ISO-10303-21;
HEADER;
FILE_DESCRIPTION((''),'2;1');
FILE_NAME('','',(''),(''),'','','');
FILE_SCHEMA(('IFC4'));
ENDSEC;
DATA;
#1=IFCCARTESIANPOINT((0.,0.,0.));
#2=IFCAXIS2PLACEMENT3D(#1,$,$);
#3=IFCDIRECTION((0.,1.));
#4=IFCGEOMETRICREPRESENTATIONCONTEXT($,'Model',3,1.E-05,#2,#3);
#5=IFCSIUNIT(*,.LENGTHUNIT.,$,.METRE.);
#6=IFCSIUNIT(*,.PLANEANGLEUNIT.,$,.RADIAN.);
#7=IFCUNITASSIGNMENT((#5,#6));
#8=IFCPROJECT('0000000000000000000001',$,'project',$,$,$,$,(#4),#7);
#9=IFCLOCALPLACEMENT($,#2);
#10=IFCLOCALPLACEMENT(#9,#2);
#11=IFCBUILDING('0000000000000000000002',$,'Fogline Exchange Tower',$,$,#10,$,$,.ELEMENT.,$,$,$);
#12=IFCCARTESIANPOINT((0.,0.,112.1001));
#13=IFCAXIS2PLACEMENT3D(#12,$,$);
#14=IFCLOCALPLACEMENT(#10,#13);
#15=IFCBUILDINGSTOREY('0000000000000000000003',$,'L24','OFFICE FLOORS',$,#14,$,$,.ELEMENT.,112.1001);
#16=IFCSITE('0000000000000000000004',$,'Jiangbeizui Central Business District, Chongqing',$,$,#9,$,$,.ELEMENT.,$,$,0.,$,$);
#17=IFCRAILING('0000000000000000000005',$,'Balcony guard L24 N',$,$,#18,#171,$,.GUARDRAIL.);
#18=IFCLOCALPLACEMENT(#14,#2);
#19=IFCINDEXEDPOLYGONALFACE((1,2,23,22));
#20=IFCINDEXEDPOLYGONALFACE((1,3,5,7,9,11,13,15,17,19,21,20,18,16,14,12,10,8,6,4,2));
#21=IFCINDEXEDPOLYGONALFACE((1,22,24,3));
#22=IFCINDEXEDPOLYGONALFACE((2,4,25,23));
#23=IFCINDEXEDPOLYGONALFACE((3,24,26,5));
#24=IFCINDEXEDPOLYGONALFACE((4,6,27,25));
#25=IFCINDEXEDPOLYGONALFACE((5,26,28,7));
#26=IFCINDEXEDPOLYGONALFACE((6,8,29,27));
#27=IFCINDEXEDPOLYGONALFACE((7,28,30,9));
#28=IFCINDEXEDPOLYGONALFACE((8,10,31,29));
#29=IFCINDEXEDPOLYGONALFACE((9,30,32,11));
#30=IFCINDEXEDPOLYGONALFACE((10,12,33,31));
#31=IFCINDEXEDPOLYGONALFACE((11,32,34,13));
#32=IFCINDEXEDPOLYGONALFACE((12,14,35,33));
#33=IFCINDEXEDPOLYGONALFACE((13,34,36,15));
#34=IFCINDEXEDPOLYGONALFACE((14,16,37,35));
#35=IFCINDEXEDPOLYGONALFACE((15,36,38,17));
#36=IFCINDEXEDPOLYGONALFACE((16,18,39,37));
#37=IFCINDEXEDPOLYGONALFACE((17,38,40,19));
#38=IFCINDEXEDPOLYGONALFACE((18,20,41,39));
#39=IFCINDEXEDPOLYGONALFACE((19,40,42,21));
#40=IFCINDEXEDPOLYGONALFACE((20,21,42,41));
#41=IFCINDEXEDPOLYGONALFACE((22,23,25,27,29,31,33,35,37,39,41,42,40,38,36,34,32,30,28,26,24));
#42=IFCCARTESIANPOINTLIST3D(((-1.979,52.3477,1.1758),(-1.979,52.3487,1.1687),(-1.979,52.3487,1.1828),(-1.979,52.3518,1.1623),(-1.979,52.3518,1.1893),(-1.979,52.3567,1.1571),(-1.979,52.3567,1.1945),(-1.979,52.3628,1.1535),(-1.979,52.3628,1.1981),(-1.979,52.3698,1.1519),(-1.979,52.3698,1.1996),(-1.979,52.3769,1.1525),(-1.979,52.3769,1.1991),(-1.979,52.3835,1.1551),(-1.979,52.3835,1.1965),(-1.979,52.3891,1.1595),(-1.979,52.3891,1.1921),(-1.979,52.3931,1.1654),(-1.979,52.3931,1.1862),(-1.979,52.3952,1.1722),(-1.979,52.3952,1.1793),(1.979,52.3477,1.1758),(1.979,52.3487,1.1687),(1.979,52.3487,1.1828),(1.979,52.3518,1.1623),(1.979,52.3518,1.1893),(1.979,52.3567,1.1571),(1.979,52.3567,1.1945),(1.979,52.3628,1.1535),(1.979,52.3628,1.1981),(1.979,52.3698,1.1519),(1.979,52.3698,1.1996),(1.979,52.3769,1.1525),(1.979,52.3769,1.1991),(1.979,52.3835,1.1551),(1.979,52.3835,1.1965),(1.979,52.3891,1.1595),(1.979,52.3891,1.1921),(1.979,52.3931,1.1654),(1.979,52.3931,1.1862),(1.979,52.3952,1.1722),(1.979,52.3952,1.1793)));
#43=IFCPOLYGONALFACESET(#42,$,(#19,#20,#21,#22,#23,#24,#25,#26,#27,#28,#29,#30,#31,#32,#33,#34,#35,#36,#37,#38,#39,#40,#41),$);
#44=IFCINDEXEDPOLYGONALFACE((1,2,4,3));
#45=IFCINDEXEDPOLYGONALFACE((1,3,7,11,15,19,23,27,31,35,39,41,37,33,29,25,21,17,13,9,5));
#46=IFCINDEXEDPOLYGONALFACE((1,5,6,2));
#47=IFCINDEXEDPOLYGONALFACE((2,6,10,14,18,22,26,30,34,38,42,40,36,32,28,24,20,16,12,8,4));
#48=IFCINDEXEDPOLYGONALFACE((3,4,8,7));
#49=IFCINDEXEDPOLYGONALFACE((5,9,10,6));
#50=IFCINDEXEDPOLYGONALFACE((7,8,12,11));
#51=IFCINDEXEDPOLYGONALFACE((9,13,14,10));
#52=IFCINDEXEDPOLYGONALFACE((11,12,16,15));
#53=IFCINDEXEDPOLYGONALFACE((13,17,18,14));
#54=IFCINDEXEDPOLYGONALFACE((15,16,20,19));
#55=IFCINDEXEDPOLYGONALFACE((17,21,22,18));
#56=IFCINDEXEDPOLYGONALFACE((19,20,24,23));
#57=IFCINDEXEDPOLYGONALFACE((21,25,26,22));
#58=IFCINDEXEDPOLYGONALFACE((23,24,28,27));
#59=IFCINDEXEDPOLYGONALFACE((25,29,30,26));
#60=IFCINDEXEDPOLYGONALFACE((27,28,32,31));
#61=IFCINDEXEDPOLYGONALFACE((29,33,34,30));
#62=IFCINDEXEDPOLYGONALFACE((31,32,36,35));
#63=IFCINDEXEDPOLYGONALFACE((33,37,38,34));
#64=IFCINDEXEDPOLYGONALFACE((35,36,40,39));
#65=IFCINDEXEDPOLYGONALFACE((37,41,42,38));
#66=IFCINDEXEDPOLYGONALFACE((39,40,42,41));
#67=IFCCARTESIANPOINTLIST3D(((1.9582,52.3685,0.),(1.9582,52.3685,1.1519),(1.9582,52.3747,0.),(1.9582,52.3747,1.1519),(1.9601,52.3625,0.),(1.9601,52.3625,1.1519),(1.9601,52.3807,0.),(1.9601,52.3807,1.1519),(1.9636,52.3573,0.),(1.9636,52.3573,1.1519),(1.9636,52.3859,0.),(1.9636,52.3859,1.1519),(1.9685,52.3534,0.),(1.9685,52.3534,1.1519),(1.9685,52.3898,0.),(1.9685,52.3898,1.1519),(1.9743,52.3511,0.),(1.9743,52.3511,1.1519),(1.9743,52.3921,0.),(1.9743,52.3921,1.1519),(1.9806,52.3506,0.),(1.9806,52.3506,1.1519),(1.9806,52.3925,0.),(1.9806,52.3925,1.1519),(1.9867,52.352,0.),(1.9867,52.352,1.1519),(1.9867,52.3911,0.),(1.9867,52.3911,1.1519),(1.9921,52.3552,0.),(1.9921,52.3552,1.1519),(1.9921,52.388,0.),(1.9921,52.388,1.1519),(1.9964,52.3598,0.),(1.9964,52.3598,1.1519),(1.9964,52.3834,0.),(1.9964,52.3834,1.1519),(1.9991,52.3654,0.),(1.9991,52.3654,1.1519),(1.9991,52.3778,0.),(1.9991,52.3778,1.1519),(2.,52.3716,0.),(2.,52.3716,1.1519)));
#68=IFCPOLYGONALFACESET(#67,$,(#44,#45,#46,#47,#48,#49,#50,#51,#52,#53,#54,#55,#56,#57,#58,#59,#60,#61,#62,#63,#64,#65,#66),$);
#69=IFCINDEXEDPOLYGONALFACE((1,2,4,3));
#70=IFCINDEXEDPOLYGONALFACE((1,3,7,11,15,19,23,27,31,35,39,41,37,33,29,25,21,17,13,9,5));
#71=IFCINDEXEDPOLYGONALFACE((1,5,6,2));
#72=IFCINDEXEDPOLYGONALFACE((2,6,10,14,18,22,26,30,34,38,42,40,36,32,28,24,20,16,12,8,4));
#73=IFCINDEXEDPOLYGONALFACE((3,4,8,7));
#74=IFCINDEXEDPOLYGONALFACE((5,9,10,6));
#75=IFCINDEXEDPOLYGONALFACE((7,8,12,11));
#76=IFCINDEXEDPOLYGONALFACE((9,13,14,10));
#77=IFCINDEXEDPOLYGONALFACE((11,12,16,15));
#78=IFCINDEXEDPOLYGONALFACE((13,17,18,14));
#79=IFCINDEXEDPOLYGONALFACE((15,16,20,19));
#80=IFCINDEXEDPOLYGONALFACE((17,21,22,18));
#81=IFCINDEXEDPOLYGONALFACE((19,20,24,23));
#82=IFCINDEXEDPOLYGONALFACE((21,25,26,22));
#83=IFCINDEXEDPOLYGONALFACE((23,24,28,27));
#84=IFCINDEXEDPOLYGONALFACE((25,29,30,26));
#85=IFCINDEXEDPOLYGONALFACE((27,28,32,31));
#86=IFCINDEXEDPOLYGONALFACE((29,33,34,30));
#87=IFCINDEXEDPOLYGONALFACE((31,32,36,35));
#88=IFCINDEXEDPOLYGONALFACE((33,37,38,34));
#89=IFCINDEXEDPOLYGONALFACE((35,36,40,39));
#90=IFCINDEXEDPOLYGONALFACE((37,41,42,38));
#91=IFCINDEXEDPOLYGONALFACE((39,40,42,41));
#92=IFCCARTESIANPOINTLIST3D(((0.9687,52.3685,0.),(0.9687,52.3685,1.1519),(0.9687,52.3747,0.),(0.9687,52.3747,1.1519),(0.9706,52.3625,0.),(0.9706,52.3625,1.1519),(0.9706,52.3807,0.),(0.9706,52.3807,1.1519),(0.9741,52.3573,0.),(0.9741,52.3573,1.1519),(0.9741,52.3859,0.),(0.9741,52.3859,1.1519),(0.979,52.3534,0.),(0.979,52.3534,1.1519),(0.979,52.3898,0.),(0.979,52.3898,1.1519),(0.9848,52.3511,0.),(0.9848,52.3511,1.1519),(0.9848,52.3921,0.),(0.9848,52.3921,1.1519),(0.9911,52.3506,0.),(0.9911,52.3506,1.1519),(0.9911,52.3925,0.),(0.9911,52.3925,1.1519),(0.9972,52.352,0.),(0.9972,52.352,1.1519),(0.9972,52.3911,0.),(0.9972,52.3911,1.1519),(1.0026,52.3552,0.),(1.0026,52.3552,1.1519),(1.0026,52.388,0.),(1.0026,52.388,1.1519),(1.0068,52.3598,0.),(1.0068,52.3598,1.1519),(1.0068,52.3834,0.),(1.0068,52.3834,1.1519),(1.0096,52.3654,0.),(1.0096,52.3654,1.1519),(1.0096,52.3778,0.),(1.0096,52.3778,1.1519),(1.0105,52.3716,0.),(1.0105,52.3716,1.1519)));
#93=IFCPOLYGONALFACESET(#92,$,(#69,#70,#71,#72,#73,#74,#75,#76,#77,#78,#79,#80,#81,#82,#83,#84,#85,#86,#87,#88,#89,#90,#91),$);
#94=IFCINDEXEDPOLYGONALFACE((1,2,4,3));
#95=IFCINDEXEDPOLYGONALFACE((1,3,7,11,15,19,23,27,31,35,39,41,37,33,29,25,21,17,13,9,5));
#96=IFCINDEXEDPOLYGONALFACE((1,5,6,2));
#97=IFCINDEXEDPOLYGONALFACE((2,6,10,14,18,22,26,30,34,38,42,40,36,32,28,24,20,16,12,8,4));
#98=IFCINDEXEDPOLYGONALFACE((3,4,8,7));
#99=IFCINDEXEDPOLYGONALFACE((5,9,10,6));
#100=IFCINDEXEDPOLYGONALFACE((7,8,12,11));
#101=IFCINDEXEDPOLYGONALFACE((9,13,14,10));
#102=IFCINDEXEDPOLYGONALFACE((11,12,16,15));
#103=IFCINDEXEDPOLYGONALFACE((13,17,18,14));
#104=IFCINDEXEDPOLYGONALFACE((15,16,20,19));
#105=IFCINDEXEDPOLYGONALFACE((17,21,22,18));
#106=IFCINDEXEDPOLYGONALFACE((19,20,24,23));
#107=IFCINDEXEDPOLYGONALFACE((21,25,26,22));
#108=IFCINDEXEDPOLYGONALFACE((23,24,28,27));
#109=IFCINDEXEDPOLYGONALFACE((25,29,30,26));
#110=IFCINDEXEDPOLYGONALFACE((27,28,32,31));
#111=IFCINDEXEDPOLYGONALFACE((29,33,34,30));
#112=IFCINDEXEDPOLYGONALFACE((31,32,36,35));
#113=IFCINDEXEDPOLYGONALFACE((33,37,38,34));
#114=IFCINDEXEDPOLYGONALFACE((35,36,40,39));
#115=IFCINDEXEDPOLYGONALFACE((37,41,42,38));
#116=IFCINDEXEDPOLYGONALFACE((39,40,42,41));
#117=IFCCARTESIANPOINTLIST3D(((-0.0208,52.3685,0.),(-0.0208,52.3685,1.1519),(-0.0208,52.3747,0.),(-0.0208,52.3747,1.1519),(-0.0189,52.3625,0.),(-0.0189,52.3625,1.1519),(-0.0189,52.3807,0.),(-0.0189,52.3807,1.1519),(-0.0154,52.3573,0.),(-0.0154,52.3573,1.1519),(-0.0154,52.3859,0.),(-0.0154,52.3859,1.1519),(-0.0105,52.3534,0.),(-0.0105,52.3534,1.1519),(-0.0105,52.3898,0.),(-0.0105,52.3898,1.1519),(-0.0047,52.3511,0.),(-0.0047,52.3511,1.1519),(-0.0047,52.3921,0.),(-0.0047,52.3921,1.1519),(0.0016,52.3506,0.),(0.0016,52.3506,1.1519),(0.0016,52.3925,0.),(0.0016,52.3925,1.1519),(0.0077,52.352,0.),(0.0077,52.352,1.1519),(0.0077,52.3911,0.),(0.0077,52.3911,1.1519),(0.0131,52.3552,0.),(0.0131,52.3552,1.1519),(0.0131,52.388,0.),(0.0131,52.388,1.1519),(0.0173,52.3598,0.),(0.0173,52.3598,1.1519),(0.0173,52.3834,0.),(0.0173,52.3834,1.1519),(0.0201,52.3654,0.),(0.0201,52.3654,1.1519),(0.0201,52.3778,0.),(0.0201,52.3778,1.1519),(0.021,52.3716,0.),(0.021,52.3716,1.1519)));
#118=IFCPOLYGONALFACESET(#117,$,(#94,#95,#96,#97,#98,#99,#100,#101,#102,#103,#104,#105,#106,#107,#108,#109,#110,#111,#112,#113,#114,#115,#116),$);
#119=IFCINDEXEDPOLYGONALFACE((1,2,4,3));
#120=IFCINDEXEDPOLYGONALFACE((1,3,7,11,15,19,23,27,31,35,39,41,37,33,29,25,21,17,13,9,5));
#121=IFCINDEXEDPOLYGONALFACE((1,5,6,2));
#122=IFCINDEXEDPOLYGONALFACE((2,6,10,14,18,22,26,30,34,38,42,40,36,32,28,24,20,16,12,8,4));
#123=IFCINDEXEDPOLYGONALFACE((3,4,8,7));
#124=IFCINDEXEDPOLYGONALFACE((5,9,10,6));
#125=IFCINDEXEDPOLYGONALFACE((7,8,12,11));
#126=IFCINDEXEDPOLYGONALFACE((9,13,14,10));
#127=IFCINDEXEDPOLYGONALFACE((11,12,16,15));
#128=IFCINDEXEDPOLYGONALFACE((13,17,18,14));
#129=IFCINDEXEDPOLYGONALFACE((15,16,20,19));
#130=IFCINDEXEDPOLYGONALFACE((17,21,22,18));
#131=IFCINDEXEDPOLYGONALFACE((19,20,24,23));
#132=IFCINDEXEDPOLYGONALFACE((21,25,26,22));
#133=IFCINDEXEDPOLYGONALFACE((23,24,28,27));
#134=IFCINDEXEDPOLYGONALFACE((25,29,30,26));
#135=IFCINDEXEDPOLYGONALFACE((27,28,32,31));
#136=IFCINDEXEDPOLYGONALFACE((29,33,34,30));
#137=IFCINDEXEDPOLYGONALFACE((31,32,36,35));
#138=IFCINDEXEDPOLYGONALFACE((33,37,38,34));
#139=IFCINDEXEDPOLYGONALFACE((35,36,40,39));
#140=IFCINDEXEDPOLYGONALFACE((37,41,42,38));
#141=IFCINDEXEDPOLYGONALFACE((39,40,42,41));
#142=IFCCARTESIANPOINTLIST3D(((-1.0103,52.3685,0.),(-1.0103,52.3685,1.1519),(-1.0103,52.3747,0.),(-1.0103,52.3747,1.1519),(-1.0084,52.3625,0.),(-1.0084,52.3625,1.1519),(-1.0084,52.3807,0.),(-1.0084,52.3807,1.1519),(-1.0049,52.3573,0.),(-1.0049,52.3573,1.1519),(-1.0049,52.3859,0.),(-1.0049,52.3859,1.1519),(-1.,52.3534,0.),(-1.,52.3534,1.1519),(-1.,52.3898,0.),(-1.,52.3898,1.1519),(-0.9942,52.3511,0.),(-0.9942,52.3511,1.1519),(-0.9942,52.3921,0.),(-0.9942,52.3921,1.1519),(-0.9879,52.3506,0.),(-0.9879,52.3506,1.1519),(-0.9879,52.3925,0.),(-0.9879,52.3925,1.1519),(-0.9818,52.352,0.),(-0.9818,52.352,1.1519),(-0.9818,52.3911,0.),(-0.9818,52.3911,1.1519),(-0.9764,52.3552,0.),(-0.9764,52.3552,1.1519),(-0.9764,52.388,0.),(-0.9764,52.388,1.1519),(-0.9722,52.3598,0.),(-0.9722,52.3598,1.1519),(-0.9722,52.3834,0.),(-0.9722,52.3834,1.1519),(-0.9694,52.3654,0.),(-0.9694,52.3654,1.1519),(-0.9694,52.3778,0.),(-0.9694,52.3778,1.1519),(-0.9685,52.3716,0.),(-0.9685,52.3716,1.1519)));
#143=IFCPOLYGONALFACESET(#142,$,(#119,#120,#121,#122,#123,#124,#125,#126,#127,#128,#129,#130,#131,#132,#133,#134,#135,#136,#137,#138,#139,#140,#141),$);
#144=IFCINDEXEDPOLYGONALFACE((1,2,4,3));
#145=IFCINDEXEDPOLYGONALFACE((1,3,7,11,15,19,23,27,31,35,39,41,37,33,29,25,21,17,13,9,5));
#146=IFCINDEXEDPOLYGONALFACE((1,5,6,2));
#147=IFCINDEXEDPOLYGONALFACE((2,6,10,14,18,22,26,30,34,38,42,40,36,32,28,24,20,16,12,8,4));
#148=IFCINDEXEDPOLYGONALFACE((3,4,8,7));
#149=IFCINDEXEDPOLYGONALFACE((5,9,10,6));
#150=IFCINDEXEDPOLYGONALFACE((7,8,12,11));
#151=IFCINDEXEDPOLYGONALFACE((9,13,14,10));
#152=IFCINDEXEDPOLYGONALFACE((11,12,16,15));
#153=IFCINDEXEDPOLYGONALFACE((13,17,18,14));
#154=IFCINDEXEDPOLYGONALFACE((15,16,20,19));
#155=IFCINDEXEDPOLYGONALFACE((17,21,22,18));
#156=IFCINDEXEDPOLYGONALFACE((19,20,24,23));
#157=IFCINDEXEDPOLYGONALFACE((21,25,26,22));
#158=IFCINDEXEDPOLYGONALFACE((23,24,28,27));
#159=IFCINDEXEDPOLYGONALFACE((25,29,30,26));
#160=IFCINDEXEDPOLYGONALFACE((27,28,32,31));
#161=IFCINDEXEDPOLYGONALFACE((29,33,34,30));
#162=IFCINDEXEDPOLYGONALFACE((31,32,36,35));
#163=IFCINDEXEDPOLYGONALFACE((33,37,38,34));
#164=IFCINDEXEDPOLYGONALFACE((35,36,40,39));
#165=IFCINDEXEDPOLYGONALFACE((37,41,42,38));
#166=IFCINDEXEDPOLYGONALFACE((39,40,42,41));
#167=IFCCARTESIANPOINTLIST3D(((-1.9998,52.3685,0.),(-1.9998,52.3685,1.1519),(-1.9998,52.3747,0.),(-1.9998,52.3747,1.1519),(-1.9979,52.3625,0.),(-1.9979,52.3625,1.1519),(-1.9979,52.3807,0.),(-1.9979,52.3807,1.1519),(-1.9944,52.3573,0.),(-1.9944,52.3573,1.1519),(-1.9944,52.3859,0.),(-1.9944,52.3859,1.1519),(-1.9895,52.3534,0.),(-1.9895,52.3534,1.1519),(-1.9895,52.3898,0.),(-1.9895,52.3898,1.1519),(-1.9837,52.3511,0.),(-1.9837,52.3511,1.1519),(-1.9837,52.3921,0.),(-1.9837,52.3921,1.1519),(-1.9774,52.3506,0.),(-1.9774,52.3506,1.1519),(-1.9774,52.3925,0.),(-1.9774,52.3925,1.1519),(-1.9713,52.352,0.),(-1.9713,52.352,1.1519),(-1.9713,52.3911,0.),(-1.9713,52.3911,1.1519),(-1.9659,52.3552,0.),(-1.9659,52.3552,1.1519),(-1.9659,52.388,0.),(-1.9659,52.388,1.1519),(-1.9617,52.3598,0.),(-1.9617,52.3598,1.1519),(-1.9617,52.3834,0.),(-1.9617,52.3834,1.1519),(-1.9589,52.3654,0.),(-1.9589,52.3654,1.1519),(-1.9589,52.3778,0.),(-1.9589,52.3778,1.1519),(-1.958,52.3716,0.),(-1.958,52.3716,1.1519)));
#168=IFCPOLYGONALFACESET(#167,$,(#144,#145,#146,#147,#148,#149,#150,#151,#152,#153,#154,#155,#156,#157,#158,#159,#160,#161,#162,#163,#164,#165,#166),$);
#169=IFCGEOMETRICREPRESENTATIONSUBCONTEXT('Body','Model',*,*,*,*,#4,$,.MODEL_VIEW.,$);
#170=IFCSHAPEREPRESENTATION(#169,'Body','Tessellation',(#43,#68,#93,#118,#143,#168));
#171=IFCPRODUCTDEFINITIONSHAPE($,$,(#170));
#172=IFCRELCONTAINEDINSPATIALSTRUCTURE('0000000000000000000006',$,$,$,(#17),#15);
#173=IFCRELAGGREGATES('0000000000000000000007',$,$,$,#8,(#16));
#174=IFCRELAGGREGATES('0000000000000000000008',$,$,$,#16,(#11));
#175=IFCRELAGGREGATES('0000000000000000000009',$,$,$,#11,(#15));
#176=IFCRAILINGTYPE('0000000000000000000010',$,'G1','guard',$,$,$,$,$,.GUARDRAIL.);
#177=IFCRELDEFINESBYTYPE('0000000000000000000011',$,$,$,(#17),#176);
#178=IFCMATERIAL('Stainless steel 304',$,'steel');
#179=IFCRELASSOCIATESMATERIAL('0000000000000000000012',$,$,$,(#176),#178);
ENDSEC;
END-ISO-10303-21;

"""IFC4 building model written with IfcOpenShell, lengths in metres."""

from ifc_helpers import new_model, si_unit, direction, frame, origin, origin_2d, place, context, subcontext, project, spatial, circle, extrude, material, type_object, element, save


model = new_model("IFC4")

# Units and contexts
model_context = context("Model", 3, precision=1e-05, world=origin(), true_north=direction((0.0, 1.0)))
body_context = subcontext(model_context, "Body", "Model", "MODEL_VIEW")
ifc_project = project(units=[si_unit("LENGTHUNIT", "METRE"), si_unit("PLANEANGLEUNIT", "RADIAN")], contexts=[model_context])

# Site, building, storey
site_placement = place(None, origin())
site = spatial("IfcSite", under=ifc_project, at=site_placement, Name="Jiangbeizui Central Business District, Chongqing", CompositionType="ELEMENT", RefElevation=0.0)
building_placement = place(site_placement, origin())
building = spatial("IfcBuilding", under=site, at=building_placement, Name="Fogline Exchange Tower", CompositionType="ELEMENT")
storey_placement = place(building_placement, frame((0.0, 0.0, 112.1001)))
storey = spatial("IfcBuildingStorey", under=building, at=storey_placement, Name="L24", Description="OFFICE FLOORS", CompositionType="ELEMENT", Elevation=112.1001)

# Railing
ifc_material_1 = material(Name="Stainless steel 304", Category="steel")
railing_type = type_object("IfcRailingType", Name="G1", Description="guard", PredefinedType="GUARDRAIL", material=ifc_material_1)
railing_placement = place(storey_placement, frame((1.979, 52.3716, 0.0)))
element("IfcRailing", 1, at=railing_placement, inside=storey, type_object=railing_type, Name="Balcony guard L24 N", PredefinedType="GUARDRAIL", context=body_context, shape_type="SweptSolid", body=[
    extrude(circle(Radius=0.0239, at=origin_2d()), frame((0.0, 0.0, 1.1758), z_axis=(-1.0, 0.0, 0.0), x_axis=(0.0, -1.0, 0.0)), (0.0, 0.0, 1.0), 3.958),
    extrude(circle(Radius=0.021, at=origin_2d()), origin(), (0.0, 0.0, 1.0), 1.1519),
    extrude(circle(Radius=0.021, at=origin_2d()), frame((-0.9895, 0.0, 0.0)), (0.0, 0.0, 1.0), 1.1519),
    extrude(circle(Radius=0.021, at=origin_2d()), frame((-1.979, 0.0, 0.0)), (0.0, 0.0, 1.0), 1.1519),
    extrude(circle(Radius=0.021, at=origin_2d()), frame((-2.9685, 0.0, 0.0)), (0.0, 0.0, 1.0), 1.1519),
    extrude(circle(Radius=0.021, at=origin_2d()), frame((-3.958, 0.0, 0.0)), (0.0, 0.0, 1.0), 1.1519),
])

save(model, "model.ifc")
